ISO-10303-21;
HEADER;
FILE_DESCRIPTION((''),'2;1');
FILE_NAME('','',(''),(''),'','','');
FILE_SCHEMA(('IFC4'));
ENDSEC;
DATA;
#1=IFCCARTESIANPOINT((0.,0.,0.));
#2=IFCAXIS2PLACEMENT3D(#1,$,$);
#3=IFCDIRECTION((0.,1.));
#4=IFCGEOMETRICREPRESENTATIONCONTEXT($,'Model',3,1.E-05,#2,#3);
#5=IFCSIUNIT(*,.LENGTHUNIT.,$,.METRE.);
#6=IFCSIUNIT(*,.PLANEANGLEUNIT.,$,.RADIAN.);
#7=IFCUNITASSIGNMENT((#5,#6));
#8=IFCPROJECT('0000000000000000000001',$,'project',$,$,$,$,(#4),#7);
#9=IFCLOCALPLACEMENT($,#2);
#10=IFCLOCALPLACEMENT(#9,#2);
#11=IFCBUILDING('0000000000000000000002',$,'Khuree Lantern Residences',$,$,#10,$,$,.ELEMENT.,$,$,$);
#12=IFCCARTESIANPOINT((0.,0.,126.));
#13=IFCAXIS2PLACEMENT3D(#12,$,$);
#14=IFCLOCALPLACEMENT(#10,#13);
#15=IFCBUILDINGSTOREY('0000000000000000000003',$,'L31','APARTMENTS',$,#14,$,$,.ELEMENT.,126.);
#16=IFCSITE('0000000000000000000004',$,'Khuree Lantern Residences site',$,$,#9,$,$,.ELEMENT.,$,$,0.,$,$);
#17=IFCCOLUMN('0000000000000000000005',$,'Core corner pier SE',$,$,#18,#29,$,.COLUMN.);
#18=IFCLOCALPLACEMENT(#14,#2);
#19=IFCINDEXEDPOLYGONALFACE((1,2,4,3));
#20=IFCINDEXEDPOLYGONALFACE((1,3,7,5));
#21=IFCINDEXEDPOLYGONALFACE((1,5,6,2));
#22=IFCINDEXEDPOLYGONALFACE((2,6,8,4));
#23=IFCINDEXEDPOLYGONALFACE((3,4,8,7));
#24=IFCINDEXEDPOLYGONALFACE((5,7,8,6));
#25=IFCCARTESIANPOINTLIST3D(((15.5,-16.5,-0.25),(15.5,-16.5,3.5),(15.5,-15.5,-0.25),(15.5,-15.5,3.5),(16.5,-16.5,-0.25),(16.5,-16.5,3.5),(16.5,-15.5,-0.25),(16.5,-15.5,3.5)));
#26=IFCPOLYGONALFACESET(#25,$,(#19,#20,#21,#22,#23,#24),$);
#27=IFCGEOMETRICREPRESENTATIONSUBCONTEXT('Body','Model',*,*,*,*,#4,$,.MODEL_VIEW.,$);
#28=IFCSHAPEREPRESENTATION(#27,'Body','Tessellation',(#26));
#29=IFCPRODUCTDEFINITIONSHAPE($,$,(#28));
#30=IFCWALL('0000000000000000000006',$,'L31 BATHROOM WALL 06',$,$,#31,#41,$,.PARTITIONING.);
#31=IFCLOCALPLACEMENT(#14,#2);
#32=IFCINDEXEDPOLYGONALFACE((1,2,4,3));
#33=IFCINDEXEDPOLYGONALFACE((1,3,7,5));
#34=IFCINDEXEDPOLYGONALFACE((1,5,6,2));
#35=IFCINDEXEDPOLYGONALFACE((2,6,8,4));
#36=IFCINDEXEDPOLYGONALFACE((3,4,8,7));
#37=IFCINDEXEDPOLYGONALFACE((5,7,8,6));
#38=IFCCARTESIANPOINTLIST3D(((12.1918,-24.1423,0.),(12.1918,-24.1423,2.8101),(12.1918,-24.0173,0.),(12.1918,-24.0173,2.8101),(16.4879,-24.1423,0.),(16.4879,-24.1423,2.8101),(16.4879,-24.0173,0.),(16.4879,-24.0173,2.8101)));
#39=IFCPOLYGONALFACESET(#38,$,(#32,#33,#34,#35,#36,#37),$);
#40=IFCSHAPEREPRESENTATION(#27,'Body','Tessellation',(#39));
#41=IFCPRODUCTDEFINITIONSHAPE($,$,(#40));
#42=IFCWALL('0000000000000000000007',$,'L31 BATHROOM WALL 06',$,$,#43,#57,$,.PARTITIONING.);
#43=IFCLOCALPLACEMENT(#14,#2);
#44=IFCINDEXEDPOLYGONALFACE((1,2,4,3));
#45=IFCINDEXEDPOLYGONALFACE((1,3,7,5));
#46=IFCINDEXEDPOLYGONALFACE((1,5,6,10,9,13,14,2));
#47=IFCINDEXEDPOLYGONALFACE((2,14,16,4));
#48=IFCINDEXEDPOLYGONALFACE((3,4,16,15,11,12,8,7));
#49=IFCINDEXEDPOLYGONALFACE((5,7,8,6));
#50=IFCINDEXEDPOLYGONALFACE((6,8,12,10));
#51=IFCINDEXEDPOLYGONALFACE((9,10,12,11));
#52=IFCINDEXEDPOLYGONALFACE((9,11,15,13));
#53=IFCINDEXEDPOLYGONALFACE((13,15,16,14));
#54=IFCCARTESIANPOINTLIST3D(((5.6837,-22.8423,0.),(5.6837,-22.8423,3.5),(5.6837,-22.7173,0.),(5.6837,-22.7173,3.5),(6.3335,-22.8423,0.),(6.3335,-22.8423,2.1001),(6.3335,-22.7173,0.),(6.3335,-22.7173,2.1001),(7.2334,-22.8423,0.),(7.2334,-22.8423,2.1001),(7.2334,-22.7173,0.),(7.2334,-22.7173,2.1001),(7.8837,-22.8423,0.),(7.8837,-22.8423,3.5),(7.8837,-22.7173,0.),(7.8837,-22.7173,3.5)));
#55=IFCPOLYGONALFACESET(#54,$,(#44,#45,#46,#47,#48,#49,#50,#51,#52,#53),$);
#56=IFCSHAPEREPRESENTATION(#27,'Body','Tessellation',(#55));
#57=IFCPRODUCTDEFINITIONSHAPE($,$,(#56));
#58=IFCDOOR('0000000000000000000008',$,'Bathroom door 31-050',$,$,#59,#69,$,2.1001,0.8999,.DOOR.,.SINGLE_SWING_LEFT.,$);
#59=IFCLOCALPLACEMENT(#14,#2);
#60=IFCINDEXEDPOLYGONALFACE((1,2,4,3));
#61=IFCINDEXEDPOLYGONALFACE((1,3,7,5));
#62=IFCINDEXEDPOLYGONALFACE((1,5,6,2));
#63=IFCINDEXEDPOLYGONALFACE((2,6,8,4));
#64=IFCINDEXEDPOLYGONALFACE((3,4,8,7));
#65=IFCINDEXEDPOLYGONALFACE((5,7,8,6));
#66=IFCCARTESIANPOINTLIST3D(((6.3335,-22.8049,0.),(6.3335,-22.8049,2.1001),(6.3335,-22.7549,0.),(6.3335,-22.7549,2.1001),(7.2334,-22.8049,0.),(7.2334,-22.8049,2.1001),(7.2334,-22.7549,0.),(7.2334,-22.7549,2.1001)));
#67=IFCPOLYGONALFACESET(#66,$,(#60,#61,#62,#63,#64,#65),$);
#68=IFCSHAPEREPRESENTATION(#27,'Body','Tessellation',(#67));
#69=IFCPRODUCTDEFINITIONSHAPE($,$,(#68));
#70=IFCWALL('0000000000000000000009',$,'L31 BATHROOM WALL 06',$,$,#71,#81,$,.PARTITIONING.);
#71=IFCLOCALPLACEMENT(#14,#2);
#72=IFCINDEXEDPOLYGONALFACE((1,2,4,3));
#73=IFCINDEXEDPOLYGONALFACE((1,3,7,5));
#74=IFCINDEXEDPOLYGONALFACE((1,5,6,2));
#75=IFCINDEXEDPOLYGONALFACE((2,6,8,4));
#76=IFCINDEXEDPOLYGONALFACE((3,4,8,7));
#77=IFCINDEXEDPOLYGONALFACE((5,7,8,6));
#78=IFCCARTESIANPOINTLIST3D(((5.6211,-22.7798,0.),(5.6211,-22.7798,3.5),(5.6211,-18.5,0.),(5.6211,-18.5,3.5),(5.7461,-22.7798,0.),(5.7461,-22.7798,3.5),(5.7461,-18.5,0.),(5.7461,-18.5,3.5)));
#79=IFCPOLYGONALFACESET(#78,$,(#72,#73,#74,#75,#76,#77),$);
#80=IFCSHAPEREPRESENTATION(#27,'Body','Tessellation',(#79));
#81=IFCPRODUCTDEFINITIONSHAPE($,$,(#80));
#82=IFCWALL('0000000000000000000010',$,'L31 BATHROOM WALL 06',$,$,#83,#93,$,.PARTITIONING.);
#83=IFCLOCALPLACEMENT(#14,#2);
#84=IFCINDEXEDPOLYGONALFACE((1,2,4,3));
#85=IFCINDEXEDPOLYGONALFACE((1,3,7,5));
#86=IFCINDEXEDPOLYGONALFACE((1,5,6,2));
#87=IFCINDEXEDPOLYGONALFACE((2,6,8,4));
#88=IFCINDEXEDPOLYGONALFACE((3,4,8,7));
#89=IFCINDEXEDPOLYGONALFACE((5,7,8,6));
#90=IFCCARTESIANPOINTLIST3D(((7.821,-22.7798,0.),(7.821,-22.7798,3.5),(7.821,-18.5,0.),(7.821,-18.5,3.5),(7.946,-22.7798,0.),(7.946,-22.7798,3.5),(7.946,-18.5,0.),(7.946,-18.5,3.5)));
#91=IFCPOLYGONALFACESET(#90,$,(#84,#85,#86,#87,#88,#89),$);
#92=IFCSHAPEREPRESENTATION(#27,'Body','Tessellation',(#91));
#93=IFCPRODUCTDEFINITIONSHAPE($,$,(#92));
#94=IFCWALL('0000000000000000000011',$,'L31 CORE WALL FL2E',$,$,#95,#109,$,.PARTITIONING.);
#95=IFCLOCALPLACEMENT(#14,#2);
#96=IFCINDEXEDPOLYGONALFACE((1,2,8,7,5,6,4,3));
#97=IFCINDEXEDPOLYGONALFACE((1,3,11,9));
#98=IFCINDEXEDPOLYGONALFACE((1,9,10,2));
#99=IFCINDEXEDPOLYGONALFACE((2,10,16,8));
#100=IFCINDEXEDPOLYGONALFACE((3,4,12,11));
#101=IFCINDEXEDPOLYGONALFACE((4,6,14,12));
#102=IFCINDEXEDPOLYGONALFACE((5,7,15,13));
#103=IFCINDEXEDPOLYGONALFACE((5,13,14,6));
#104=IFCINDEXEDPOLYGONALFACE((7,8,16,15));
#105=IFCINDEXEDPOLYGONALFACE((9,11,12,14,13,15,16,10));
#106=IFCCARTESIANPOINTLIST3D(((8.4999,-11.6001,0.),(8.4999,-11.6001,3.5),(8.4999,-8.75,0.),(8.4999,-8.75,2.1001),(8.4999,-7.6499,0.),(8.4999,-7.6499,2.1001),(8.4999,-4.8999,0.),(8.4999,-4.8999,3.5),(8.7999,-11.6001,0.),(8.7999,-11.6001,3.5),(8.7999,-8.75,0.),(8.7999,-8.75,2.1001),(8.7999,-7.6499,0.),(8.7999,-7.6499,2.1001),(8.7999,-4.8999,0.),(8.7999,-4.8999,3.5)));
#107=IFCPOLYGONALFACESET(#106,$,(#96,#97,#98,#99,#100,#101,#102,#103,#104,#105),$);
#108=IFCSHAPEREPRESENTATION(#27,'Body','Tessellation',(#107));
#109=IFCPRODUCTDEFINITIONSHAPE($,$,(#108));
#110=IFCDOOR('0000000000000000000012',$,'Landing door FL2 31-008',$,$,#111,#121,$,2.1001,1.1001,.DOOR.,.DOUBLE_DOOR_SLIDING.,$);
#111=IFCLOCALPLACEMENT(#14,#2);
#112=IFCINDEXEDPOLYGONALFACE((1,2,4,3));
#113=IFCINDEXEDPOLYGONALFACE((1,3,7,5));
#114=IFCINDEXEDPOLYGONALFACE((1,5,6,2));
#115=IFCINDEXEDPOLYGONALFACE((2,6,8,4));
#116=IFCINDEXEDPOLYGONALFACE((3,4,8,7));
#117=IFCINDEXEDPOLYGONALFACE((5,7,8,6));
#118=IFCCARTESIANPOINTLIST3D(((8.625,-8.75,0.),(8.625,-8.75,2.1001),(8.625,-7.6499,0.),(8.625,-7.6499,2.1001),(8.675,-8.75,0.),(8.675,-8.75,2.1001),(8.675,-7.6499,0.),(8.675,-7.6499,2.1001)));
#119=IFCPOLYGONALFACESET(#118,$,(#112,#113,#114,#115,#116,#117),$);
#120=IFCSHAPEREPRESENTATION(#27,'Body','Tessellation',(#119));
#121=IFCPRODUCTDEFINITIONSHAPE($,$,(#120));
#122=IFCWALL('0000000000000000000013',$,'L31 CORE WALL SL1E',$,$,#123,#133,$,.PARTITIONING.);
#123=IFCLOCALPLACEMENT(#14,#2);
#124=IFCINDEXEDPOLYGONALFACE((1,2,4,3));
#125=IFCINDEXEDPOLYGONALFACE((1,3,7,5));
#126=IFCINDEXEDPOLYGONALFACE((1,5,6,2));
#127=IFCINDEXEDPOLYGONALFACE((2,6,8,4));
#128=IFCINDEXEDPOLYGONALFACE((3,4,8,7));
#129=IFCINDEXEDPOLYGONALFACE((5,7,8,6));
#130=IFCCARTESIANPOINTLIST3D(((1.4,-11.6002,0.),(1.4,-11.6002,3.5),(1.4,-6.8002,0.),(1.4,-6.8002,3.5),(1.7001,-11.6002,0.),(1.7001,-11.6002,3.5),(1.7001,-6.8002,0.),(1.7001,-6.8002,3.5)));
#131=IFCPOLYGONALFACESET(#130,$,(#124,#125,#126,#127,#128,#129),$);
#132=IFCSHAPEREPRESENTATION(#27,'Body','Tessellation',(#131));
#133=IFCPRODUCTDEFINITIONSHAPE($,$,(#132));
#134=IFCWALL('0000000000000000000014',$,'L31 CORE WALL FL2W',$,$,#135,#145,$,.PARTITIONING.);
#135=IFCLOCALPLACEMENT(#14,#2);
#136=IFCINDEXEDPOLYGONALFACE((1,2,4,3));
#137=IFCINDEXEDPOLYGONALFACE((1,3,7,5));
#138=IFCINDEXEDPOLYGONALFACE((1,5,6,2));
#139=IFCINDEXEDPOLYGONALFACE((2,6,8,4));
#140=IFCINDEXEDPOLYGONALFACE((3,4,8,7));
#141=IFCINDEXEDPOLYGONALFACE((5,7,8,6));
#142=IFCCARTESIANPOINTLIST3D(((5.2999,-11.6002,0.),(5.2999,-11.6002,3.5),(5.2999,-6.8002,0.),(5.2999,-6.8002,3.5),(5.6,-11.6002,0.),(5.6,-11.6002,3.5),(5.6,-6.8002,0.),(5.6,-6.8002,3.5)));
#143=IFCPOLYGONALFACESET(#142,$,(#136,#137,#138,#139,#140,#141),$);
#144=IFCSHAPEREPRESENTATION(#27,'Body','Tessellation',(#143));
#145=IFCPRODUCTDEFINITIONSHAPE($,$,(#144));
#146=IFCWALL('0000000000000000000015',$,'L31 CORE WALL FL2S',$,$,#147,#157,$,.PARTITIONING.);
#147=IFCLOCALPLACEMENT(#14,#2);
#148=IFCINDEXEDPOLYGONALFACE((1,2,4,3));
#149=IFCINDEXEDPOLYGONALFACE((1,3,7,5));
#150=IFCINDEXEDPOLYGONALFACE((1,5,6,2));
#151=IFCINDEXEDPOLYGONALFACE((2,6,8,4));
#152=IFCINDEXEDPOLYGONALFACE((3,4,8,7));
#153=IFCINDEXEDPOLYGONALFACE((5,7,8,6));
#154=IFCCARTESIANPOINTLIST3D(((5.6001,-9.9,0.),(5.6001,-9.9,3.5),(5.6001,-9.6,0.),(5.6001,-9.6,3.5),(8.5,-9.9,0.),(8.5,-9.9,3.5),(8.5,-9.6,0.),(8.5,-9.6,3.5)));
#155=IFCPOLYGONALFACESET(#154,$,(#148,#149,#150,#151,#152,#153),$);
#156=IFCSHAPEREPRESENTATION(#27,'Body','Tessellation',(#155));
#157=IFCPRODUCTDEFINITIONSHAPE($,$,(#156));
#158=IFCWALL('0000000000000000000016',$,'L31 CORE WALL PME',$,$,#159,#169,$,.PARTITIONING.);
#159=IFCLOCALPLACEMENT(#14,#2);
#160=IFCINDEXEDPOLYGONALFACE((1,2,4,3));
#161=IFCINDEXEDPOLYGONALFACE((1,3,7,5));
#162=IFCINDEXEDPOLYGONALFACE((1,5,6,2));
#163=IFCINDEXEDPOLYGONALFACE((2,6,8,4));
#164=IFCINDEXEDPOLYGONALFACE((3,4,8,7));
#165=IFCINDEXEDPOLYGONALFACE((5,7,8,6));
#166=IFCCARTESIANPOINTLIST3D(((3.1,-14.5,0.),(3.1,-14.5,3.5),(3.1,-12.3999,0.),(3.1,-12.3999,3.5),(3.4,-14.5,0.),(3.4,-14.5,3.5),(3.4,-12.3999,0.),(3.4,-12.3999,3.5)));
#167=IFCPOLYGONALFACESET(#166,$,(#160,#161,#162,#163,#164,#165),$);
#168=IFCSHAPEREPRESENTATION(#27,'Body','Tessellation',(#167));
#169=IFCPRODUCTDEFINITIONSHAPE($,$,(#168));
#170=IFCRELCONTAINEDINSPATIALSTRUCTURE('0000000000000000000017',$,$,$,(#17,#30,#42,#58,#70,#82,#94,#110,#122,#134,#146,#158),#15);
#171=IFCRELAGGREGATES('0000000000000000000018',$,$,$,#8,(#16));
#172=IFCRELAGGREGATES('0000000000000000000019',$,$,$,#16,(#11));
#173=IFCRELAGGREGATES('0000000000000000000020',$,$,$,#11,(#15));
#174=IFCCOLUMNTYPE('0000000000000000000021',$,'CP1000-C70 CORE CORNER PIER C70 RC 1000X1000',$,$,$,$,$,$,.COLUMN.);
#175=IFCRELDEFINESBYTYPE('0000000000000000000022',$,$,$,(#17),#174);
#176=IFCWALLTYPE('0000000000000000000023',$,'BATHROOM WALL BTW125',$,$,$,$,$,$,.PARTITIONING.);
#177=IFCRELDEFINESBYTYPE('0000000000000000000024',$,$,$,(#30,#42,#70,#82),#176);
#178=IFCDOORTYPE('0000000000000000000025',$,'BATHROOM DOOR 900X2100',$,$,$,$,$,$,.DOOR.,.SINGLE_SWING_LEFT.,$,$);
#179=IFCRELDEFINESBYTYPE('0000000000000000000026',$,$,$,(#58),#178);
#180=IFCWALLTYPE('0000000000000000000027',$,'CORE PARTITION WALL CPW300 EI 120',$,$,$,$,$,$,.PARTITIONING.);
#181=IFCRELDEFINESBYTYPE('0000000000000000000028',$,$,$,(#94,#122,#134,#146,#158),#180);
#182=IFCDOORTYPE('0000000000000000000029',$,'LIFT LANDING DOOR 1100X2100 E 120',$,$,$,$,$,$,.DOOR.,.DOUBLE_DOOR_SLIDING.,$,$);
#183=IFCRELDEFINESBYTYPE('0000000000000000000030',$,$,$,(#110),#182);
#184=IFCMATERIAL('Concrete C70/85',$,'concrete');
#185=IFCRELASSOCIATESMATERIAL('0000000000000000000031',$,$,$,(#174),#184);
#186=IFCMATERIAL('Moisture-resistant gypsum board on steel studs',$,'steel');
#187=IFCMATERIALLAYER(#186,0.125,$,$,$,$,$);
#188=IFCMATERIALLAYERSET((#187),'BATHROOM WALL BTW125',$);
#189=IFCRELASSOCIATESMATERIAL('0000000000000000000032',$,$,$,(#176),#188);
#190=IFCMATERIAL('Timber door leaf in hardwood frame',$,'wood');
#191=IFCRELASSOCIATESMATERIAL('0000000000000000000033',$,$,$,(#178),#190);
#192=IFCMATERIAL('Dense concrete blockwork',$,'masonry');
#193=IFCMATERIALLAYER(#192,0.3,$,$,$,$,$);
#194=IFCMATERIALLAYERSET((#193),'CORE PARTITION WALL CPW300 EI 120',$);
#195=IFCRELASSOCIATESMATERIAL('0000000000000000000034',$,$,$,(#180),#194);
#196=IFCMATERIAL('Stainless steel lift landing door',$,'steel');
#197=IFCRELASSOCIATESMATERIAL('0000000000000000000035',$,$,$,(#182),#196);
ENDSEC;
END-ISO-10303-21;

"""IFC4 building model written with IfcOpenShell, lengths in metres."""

from ifc_helpers import new_model, si_unit, direction, frame, frame_2d, origin, origin_2d, place, context, subcontext, project, spatial, rectangle, extrude, material, layer, layer_set, material_profile, profile_set, type_object, element, fill, save


model = new_model("IFC4")

# Units and contexts
model_context = context("Model", 3, precision=1e-05, world=origin(), true_north=direction((0.0, 1.0)))
body_context = subcontext(model_context, "Body", "Model", "MODEL_VIEW")
ifc_project = project(units=[si_unit("LENGTHUNIT", "METRE"), si_unit("PLANEANGLEUNIT", "RADIAN")], contexts=[model_context])

# Site, building, storey
site_placement = place(None, origin())
site = spatial("IfcSite", under=ifc_project, at=site_placement, Name="Khuree Lantern Residences site", CompositionType="ELEMENT", RefElevation=0.0)
building_placement = place(site_placement, origin())
building = spatial("IfcBuilding", under=site, at=building_placement, Name="Khuree Lantern Residences", CompositionType="ELEMENT")
storey_placement = place(building_placement, frame((0.0, 0.0, 126.0)))
storey = spatial("IfcBuildingStorey", under=building, at=storey_placement, Name="L31", Description="APARTMENTS", CompositionType="ELEMENT", Elevation=126.0)

# Column
ifc_material_1 = material(Name="Concrete C70/85", Category="concrete")
ifc_material_profile = material_profile(ifc_material_1, rectangle(XDim=1.0, YDim=1.0, at=origin_2d()), Name="RC 1000X1000")
ifc_profile_set = profile_set([ifc_material_profile], Name="Concrete C70/85")
column_type = type_object("IfcColumnType", Name="CP1000-C70 CORE CORNER PIER C70 RC 1000X1000", PredefinedType="COLUMN", material=ifc_profile_set)
column_placement = place(storey_placement, frame((16.0, -16.0, -0.25), z_axis=(0.0, 0.0, 1.0), x_axis=(1.0, 0.0, 0.0)))
element("IfcColumn", 1, at=column_placement, inside=storey, type_object=column_type, Name="Core corner pier SE", PredefinedType="COLUMN", context=body_context, shape_type="SweptSolid", body=[
    extrude(rectangle(XDim=1.0, YDim=1.0, at=origin_2d()), origin(), (0.0, 0.0, 1.0), 3.75),
])

# Wall
ifc_material_2 = material(Name="Moisture-resistant gypsum board on steel studs", Category="steel")
ifc_layer_1 = layer(ifc_material_2, 0.125)
ifc_layer_set_1 = layer_set([ifc_layer_1], Name="BATHROOM WALL BTW125")
wall_type_1 = type_object("IfcWallType", Name="BATHROOM WALL BTW125", PredefinedType="PARTITIONING", material=ifc_layer_set_1)
wall_1_placement = place(storey_placement, frame((12.1919, -24.0798, 0.0), z_axis=(0.0, 0.0, 1.0), x_axis=(1.0, 0.0, 0.0)))
element("IfcWall", 2, at=wall_1_placement, inside=storey, type_object=wall_type_1, Name="L31 BATHROOM WALL 06", PredefinedType="PARTITIONING", context=body_context, shape_type="SweptSolid", body=[
    extrude(rectangle(XDim=4.2961, YDim=0.125, at=frame_2d((2.1479, 0.0))), origin(), (0.0, 0.0, 1.0), 2.8101),
])

# Wall, opening, door
wall_2_placement = place(storey_placement, frame((5.6836, -22.7798, 0.0), z_axis=(0.0, 0.0, 1.0), x_axis=(1.0, 0.0, 0.0)))
wall_2 = element("IfcWall", 3, at=wall_2_placement, inside=storey, type_object=wall_type_1, Name="L31 BATHROOM WALL 06", PredefinedType="PARTITIONING", context=body_context, shape_type="SweptSolid", body=[
    extrude(rectangle(XDim=2.2, YDim=0.125, at=frame_2d((1.1001, 0.0))), origin(), (0.0, 0.0, 1.0), 3.5),
])
opening_1_placement = place(wall_2_placement, frame((0.6499, 0.0, 0.0)))
opening_1 = element("IfcOpeningElement", 4, at=opening_1_placement, cuts=wall_2, PredefinedType="OPENING", context=body_context, shape_type="SweptSolid", body=[
    extrude(rectangle(XDim=0.8999, YDim=2.1001, at=frame_2d((0.45, 1.05))), frame((0.0, 0.0725, 0.0), z_axis=(0.0, -1.0, 0.0), x_axis=(1.0, 0.0, 0.0)), (0.0, 0.0, 1.0), 0.145),
])
ifc_material_3 = material(Name="Timber door leaf in hardwood frame", Category="wood")
door_type_1 = type_object("IfcDoorType", Name="BATHROOM DOOR 900X2100", OperationType="SINGLE_SWING_LEFT", PredefinedType="DOOR", material=ifc_material_3)
door_1_placement = place(opening_1_placement, origin())
door_1 = element("IfcDoor", 5, at=door_1_placement, inside=storey, type_object=door_type_1, Name="Bathroom door 31-050", OperationType="SINGLE_SWING_LEFT", OverallHeight=2.1001, OverallWidth=0.8999, PredefinedType="DOOR", context=body_context, shape_type="SweptSolid", body=[
    extrude(rectangle(XDim=0.8999, YDim=2.1001, at=frame_2d((0.45, 1.05))), frame((0.0, 0.0249, 0.0), z_axis=(0.0, -1.0, 0.0), x_axis=(1.0, 0.0, 0.0)), (0.0, 0.0, 1.0), 0.05),
])
fill(opening_1, door_1)

# Walls
for number, where, z_axis, x_axis, name in (
    (6, (5.6836, -18.5, 0.0), (0.0, 0.0, 1.0), (0.0, -1.0, 0.0), "L31 BATHROOM WALL 06"),
    (7, (7.8835, -18.5, 0.0), (0.0, 0.0, 1.0), (0.0, -1.0, 0.0), "L31 BATHROOM WALL 06"),
):
    element("IfcWall", number, at=place(storey_placement, frame(where, z_axis=z_axis, x_axis=x_axis)), inside=storey, type_object=wall_type_1, Name=name, PredefinedType="PARTITIONING", context=body_context, shape_type="SweptSolid", body=[
        extrude(rectangle(XDim=4.2798, YDim=0.125, at=frame_2d((2.1399, 0.0))), origin(), (0.0, 0.0, 1.0), 3.5),
    ])

# Wall, opening, door
ifc_material_4 = material(Name="Dense concrete blockwork", Category="masonry")
ifc_layer_2 = layer(ifc_material_4, 0.3)
ifc_layer_set_2 = layer_set([ifc_layer_2], Name="CORE PARTITION WALL CPW300 EI 120")
wall_type_2 = type_object("IfcWallType", Name="CORE PARTITION WALL CPW300 EI 120", PredefinedType="PARTITIONING", material=ifc_layer_set_2)
wall_3_placement = place(storey_placement, frame((8.6499, -11.6001, 0.0), z_axis=(0.0, 0.0, 1.0), x_axis=(0.0, 1.0, 0.0)))
wall_3 = element("IfcWall", 8, at=wall_3_placement, inside=storey, type_object=wall_type_2, Name="L31 CORE WALL FL2E", PredefinedType="PARTITIONING", context=body_context, shape_type="SweptSolid", body=[
    extrude(rectangle(XDim=6.7002, YDim=0.3, at=frame_2d((3.3501, 0.0))), origin(), (0.0, 0.0, 1.0), 3.5),
])
opening_2_placement = place(wall_3_placement, frame((2.8501, 0.0, 0.0)))
opening_2 = element("IfcOpeningElement", 9, at=opening_2_placement, cuts=wall_3, PredefinedType="OPENING", context=body_context, shape_type="SweptSolid", body=[
    extrude(rectangle(XDim=1.1001, YDim=2.1001, at=frame_2d((0.55, 1.05))), frame((0.0, 0.1602, 0.0), z_axis=(0.0, -1.0, 0.0), x_axis=(1.0, 0.0, 0.0)), (0.0, 0.0, 1.0), 0.3201),
])
ifc_material_5 = material(Name="Stainless steel lift landing door", Category="steel")
door_type_2 = type_object("IfcDoorType", Name="LIFT LANDING DOOR 1100X2100 E 120", OperationType="DOUBLE_DOOR_SLIDING", PredefinedType="DOOR", material=ifc_material_5)
door_2_placement = place(opening_2_placement, origin())
door_2 = element("IfcDoor", 10, at=door_2_placement, inside=storey, type_object=door_type_2, Name="Landing door FL2 31-008", OperationType="DOUBLE_DOOR_SLIDING", OverallHeight=2.1001, OverallWidth=1.1001, PredefinedType="DOOR", context=body_context, shape_type="SweptSolid", body=[
    extrude(rectangle(XDim=1.1001, YDim=2.1001, at=frame_2d((0.55, 1.05))), frame((0.0, 0.0249, 0.0), z_axis=(0.0, -1.0, 0.0), x_axis=(1.0, 0.0, 0.0)), (0.0, 0.0, 1.0), 0.05),
])
fill(opening_2, door_2)

# Walls
for number, where, z_axis, x_axis, name in (
    (11, (1.55, -11.6001, 0.0), (0.0, 0.0, 1.0), (0.0, 1.0, 0.0), "L31 CORE WALL SL1E"),
    (12, (5.45, -11.6001, 0.0), (0.0, 0.0, 1.0), (0.0, 1.0, 0.0), "L31 CORE WALL FL2W"),
):
    element("IfcWall", number, at=place(storey_placement, frame(where, z_axis=z_axis, x_axis=x_axis)), inside=storey, type_object=wall_type_2, Name=name, PredefinedType="PARTITIONING", context=body_context, shape_type="SweptSolid", body=[
        extrude(rectangle(XDim=4.8, YDim=0.3, at=frame_2d((2.3999, 0.0))), origin(), (0.0, 0.0, 1.0), 3.5),
    ])
wall_4_placement = place(storey_placement, frame((5.6001, -9.75, 0.0), z_axis=(0.0, 0.0, 1.0), x_axis=(1.0, 0.0, 0.0)))
element("IfcWall", 13, at=wall_4_placement, inside=storey, type_object=wall_type_2, Name="L31 CORE WALL FL2S", PredefinedType="PARTITIONING", context=body_context, shape_type="SweptSolid", body=[
    extrude(rectangle(XDim=2.8999, YDim=0.3, at=frame_2d((1.45, 0.0))), origin(), (0.0, 0.0, 1.0), 3.5),
])
wall_5_placement = place(storey_placement, frame((3.25, -14.5, 0.0), z_axis=(0.0, 0.0, 1.0), x_axis=(0.0, 1.0, 0.0)))
element("IfcWall", 14, at=wall_5_placement, inside=storey, type_object=wall_type_2, Name="L31 CORE WALL PME", PredefinedType="PARTITIONING", context=body_context, shape_type="SweptSolid", body=[
    extrude(rectangle(XDim=2.1001, YDim=0.3, at=frame_2d((1.05, 0.0))), origin(), (0.0, 0.0, 1.0), 3.5),
])

save(model, "model.ifc")
